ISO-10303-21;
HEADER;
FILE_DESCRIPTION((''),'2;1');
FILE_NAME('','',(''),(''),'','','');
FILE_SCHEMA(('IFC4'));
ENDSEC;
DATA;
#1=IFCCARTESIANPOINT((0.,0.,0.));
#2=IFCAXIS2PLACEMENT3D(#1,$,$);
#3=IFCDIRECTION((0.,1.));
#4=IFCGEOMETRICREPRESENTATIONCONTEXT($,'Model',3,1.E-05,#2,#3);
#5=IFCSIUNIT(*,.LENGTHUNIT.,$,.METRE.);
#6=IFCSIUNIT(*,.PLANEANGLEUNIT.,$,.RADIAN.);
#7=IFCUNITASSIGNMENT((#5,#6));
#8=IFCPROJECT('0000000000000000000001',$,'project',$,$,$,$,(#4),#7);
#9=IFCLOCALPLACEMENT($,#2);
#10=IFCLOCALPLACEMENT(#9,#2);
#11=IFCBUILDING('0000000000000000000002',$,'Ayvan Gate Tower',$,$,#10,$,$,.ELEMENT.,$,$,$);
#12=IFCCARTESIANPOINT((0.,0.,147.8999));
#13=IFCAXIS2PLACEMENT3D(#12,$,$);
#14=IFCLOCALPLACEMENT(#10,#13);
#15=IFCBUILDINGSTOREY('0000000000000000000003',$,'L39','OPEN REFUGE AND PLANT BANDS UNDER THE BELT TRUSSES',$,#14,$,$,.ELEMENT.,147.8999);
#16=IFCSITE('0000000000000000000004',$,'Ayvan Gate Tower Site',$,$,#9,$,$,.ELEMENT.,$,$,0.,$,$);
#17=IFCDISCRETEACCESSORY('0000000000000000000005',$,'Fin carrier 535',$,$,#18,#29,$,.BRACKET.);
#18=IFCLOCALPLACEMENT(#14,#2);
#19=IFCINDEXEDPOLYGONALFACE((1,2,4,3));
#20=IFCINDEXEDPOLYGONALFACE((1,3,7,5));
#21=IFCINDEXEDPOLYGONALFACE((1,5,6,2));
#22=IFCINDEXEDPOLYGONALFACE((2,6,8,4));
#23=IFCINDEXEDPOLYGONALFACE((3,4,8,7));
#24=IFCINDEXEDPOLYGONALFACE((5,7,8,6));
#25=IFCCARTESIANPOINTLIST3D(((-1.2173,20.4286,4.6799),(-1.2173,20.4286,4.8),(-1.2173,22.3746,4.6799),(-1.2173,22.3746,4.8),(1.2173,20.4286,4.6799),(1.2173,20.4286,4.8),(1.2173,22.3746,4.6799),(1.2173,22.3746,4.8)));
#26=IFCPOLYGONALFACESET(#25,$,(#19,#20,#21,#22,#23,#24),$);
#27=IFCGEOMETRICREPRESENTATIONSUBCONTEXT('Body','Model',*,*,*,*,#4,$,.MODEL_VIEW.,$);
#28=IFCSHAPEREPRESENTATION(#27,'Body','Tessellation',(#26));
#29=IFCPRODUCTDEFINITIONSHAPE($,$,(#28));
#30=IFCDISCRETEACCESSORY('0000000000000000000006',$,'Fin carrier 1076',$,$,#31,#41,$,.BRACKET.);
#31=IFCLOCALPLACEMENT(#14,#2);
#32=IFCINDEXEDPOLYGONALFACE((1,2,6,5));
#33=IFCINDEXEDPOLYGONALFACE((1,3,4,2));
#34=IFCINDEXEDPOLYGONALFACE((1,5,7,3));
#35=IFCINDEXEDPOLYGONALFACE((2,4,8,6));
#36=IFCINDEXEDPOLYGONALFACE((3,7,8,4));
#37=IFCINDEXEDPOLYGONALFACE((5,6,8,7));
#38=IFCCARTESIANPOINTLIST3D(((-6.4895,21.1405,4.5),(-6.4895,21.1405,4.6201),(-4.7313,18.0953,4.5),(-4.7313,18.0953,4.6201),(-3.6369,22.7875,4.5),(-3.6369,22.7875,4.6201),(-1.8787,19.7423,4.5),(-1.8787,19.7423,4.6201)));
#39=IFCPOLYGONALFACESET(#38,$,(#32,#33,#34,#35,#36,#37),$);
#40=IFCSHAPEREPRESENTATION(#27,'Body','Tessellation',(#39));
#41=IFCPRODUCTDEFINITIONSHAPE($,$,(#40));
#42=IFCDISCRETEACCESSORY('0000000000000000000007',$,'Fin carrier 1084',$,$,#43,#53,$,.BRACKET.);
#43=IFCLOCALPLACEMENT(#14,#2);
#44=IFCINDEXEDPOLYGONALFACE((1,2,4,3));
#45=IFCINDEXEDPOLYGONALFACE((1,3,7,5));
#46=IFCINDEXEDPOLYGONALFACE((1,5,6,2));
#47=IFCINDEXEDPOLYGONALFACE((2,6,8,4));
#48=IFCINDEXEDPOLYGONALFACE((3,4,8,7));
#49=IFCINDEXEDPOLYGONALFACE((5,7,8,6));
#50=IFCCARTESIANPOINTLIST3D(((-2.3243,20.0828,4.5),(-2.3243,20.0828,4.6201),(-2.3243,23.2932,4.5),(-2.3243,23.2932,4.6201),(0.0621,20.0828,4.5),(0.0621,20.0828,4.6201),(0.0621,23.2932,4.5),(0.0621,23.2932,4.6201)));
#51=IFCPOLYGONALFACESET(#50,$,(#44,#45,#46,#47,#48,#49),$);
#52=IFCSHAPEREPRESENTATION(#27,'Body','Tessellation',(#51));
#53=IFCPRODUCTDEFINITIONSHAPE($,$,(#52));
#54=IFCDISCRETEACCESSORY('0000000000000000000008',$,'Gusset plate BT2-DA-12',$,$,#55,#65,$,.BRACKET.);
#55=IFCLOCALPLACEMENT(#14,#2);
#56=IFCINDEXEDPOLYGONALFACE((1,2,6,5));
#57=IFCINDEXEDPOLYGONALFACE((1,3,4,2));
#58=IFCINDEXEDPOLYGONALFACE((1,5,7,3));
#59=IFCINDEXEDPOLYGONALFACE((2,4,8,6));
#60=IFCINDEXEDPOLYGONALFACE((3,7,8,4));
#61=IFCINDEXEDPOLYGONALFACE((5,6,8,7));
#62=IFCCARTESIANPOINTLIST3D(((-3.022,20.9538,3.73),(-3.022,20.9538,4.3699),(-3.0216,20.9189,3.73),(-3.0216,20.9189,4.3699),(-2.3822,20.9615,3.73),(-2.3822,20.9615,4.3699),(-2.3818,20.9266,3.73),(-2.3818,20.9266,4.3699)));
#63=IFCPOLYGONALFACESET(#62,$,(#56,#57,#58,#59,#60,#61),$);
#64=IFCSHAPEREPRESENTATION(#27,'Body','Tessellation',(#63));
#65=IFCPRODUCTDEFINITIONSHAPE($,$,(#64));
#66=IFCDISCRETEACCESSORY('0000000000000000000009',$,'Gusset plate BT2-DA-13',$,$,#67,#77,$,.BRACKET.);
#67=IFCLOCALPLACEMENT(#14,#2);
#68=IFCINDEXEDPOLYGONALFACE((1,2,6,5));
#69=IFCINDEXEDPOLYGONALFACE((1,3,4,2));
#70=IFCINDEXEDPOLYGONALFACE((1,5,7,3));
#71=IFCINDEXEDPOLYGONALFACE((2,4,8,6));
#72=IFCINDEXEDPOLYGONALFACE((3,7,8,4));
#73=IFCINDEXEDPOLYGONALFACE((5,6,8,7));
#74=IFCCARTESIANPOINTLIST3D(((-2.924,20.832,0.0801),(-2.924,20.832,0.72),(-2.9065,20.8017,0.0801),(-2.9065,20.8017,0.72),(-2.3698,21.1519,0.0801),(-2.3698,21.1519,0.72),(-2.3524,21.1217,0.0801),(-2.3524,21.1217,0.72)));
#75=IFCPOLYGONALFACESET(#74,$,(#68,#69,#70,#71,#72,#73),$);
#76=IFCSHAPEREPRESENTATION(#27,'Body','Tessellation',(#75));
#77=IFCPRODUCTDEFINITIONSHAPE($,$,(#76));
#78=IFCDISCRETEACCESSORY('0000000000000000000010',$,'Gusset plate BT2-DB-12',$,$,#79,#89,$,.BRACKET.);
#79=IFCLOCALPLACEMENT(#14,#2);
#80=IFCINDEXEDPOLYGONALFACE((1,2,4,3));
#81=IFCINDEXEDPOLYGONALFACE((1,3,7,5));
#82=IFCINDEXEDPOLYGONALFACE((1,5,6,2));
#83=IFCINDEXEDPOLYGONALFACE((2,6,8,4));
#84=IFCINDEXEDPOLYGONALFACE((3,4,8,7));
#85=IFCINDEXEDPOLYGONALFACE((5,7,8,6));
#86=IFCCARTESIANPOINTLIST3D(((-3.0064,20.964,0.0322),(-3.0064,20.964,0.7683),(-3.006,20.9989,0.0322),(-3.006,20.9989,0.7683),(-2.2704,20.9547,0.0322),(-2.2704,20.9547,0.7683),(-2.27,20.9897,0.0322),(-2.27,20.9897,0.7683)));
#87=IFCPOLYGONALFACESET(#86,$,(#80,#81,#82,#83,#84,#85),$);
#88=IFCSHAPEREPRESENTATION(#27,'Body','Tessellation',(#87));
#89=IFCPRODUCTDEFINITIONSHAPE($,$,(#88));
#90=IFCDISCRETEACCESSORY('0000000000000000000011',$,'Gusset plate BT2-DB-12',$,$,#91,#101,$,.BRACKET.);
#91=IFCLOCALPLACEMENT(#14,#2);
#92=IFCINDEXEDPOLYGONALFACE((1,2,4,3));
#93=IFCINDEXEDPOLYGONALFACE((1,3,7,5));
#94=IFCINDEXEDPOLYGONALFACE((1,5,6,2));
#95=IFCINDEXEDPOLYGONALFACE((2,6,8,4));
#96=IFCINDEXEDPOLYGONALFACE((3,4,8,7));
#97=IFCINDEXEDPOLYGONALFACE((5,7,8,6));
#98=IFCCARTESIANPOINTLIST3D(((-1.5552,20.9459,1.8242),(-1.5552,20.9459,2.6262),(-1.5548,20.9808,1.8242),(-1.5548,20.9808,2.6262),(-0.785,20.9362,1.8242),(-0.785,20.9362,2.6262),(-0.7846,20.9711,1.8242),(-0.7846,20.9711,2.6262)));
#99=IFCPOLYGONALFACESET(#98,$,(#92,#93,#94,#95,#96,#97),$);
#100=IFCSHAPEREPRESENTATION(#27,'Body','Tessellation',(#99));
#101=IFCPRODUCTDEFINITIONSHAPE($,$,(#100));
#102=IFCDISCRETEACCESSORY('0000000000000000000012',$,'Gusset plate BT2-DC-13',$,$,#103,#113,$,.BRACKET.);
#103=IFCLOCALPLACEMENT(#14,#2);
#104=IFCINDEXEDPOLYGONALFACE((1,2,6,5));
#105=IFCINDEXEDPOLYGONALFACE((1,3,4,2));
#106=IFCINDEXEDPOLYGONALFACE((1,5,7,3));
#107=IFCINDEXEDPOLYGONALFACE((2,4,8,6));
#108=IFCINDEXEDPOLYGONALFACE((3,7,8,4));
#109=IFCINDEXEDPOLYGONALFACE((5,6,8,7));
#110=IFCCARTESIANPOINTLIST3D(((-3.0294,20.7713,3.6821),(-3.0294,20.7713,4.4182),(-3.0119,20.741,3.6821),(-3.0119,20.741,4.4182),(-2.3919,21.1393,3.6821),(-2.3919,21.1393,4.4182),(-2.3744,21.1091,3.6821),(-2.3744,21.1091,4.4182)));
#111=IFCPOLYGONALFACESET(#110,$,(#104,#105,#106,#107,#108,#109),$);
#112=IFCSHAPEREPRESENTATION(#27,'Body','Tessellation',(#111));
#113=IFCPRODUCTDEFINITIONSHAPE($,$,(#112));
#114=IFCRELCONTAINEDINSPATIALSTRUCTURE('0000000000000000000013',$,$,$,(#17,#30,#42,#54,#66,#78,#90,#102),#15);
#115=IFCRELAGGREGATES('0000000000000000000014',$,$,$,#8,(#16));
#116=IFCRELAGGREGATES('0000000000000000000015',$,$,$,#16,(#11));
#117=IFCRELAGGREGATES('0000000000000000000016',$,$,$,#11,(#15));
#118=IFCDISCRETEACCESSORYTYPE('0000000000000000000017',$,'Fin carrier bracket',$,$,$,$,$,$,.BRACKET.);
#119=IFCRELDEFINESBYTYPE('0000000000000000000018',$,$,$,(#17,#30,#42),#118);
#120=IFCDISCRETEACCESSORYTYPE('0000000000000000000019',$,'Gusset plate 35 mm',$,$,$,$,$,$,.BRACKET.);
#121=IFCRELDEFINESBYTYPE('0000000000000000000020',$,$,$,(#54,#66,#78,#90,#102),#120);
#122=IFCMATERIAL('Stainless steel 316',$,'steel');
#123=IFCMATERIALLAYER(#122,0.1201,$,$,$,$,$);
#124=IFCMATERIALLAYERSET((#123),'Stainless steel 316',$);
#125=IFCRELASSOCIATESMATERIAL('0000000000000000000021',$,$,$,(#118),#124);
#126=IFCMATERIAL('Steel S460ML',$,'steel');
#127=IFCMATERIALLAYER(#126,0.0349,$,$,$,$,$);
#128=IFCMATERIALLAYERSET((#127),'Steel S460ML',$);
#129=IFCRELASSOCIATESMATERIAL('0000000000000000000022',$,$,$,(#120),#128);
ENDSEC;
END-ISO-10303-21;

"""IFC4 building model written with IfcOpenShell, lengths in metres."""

from ifc_helpers import new_model, si_unit, direction, frame, origin, origin_2d, place, context, subcontext, project, spatial, rectangle, extrude, material, layer, layer_set, type_object, element, save


model = new_model("IFC4")

# Units and contexts
model_context = context("Model", 3, precision=1e-05, world=origin(), true_north=direction((0.0, 1.0)))
body_context = subcontext(model_context, "Body", "Model", "MODEL_VIEW")
ifc_project = project(units=[si_unit("LENGTHUNIT", "METRE"), si_unit("PLANEANGLEUNIT", "RADIAN")], contexts=[model_context])

# Site, building, storey
site_placement = place(None, origin())
site = spatial("IfcSite", under=ifc_project, at=site_placement, Name="Ayvan Gate Tower Site", CompositionType="ELEMENT", RefElevation=0.0)
building_placement = place(site_placement, origin())
building = spatial("IfcBuilding", under=site, at=building_placement, Name="Ayvan Gate Tower", CompositionType="ELEMENT")
storey_placement = place(building_placement, frame((0.0, 0.0, 147.8999)))
storey = spatial("IfcBuildingStorey", under=building, at=storey_placement, Name="L39", Description="OPEN REFUGE AND PLANT BANDS UNDER THE BELT TRUSSES", CompositionType="ELEMENT", Elevation=147.8999)

# Shared definitions
ifc_material_1 = material(Name="Steel S460ML", Category="steel")

# Discrete accessories
ifc_material_2 = material(Name="Stainless steel 316", Category="steel")
ifc_layer_1 = layer(ifc_material_2, 0.1201)
ifc_layer_set_1 = layer_set([ifc_layer_1], Name="Stainless steel 316")
discrete_accessory_type_1 = type_object("IfcDiscreteAccessoryType", Name="Fin carrier bracket", PredefinedType="BRACKET", material=ifc_layer_set_1)
discrete_accessory_1_placement = place(storey_placement, frame((0.0, 21.4016, 4.6799), z_axis=(0.0, 0.0, 1.0), x_axis=(-1.0, 0.0, 0.0)))
element("IfcDiscreteAccessory", 1, at=discrete_accessory_1_placement, inside=storey, type_object=discrete_accessory_type_1, Name="Fin carrier 535", PredefinedType="BRACKET", context=body_context, shape_type="SweptSolid", body=[
    extrude(rectangle(XDim=2.4346, YDim=1.946, at=origin_2d()), origin(), (0.0, 0.0, 1.0), 0.1201),
])
discrete_accessory_2_placement = place(storey_placement, frame((-4.1841, 20.4414, 4.5), z_axis=(0.0, 0.0, 1.0), x_axis=(-0.866025, -0.5, 0.0)))
element("IfcDiscreteAccessory", 2, at=discrete_accessory_2_placement, inside=storey, type_object=discrete_accessory_type_1, Name="Fin carrier 1076", PredefinedType="BRACKET", context=body_context, shape_type="SweptSolid", body=[
    extrude(rectangle(XDim=3.2939, YDim=3.5164, at=origin_2d()), origin(), (0.0, 0.0, 1.0), 0.1201),
])
discrete_accessory_3_placement = place(storey_placement, frame((-1.1311, 21.688, 4.5), z_axis=(0.0, 0.0, 1.0), x_axis=(-1.0, 0.0, 0.0)))
element("IfcDiscreteAccessory", 3, at=discrete_accessory_3_placement, inside=storey, type_object=discrete_accessory_type_1, Name="Fin carrier 1084", PredefinedType="BRACKET", context=body_context, shape_type="SweptSolid", body=[
    extrude(rectangle(XDim=2.3865, YDim=3.2104, at=origin_2d()), origin(), (0.0, 0.0, 1.0), 0.1201),
])
ifc_layer_2 = layer(ifc_material_1, 0.0349)
ifc_layer_set_2 = layer_set([ifc_layer_2], Name="Steel S460ML")
discrete_accessory_type_2 = type_object("IfcDiscreteAccessoryType", Name="Gusset plate 35 mm", PredefinedType="BRACKET", material=ifc_layer_set_2)
for number, where, z_axis, x_axis, name in (
    (4, (-2.7019, 20.9402, 3.73), (0.0, 0.0, 1.0), (0.999928, 0.012006, 0.0), "Gusset plate BT2-DA-12"),
    (5, (-2.6382, 20.9768, 0.0801), (0.0, 0.0, 1.0), (0.866025, 0.5, 0.0), "Gusset plate BT2-DA-13"),
):
    element("IfcDiscreteAccessory", number, at=place(storey_placement, frame(where, z_axis=z_axis, x_axis=x_axis)), inside=storey, type_object=discrete_accessory_type_2, Name=name, PredefinedType="BRACKET", context=body_context, shape_type="SweptSolid", body=[
        extrude(rectangle(XDim=0.6399, YDim=0.0349, at=origin_2d()), origin(), (0.0, 0.0, 1.0), 0.6399),
    ])
discrete_accessory_4_placement = place(storey_placement, frame((-2.6382, 20.9768, 0.0322), z_axis=(0.0, 0.0, 1.0), x_axis=(-0.999922, 0.012526, 0.0)))
element("IfcDiscreteAccessory", 6, at=discrete_accessory_4_placement, inside=storey, type_object=discrete_accessory_type_2, Name="Gusset plate BT2-DB-12", PredefinedType="BRACKET", context=body_context, shape_type="SweptSolid", body=[
    extrude(rectangle(XDim=0.7361, YDim=0.0349, at=origin_2d()), origin(), (0.0, 0.0, 1.0), 0.7361),
])
discrete_accessory_5_placement = place(storey_placement, frame((-1.1699, 20.9585, 1.8242), z_axis=(0.0, 0.0, 1.0), x_axis=(-0.999922, 0.012526, 0.0)))
element("IfcDiscreteAccessory", 7, at=discrete_accessory_5_placement, inside=storey, type_object=discrete_accessory_type_2, Name="Gusset plate BT2-DB-12", PredefinedType="BRACKET", context=body_context, shape_type="SweptSolid", body=[
    extrude(rectangle(XDim=0.7703, YDim=0.0349, at=origin_2d()), origin(), (0.0, 0.0, 1.0), 0.802),
])
discrete_accessory_6_placement = place(storey_placement, frame((-2.7019, 20.9402, 3.6821), z_axis=(0.0, 0.0, 1.0), x_axis=(0.866025, 0.5, 0.0)))
element("IfcDiscreteAccessory", 8, at=discrete_accessory_6_placement, inside=storey, type_object=discrete_accessory_type_2, Name="Gusset plate BT2-DC-13", PredefinedType="BRACKET", context=body_context, shape_type="SweptSolid", body=[
    extrude(rectangle(XDim=0.7361, YDim=0.0349, at=origin_2d()), origin(), (0.0, 0.0, 1.0), 0.7361),
])

save(model, "model.ifc")
